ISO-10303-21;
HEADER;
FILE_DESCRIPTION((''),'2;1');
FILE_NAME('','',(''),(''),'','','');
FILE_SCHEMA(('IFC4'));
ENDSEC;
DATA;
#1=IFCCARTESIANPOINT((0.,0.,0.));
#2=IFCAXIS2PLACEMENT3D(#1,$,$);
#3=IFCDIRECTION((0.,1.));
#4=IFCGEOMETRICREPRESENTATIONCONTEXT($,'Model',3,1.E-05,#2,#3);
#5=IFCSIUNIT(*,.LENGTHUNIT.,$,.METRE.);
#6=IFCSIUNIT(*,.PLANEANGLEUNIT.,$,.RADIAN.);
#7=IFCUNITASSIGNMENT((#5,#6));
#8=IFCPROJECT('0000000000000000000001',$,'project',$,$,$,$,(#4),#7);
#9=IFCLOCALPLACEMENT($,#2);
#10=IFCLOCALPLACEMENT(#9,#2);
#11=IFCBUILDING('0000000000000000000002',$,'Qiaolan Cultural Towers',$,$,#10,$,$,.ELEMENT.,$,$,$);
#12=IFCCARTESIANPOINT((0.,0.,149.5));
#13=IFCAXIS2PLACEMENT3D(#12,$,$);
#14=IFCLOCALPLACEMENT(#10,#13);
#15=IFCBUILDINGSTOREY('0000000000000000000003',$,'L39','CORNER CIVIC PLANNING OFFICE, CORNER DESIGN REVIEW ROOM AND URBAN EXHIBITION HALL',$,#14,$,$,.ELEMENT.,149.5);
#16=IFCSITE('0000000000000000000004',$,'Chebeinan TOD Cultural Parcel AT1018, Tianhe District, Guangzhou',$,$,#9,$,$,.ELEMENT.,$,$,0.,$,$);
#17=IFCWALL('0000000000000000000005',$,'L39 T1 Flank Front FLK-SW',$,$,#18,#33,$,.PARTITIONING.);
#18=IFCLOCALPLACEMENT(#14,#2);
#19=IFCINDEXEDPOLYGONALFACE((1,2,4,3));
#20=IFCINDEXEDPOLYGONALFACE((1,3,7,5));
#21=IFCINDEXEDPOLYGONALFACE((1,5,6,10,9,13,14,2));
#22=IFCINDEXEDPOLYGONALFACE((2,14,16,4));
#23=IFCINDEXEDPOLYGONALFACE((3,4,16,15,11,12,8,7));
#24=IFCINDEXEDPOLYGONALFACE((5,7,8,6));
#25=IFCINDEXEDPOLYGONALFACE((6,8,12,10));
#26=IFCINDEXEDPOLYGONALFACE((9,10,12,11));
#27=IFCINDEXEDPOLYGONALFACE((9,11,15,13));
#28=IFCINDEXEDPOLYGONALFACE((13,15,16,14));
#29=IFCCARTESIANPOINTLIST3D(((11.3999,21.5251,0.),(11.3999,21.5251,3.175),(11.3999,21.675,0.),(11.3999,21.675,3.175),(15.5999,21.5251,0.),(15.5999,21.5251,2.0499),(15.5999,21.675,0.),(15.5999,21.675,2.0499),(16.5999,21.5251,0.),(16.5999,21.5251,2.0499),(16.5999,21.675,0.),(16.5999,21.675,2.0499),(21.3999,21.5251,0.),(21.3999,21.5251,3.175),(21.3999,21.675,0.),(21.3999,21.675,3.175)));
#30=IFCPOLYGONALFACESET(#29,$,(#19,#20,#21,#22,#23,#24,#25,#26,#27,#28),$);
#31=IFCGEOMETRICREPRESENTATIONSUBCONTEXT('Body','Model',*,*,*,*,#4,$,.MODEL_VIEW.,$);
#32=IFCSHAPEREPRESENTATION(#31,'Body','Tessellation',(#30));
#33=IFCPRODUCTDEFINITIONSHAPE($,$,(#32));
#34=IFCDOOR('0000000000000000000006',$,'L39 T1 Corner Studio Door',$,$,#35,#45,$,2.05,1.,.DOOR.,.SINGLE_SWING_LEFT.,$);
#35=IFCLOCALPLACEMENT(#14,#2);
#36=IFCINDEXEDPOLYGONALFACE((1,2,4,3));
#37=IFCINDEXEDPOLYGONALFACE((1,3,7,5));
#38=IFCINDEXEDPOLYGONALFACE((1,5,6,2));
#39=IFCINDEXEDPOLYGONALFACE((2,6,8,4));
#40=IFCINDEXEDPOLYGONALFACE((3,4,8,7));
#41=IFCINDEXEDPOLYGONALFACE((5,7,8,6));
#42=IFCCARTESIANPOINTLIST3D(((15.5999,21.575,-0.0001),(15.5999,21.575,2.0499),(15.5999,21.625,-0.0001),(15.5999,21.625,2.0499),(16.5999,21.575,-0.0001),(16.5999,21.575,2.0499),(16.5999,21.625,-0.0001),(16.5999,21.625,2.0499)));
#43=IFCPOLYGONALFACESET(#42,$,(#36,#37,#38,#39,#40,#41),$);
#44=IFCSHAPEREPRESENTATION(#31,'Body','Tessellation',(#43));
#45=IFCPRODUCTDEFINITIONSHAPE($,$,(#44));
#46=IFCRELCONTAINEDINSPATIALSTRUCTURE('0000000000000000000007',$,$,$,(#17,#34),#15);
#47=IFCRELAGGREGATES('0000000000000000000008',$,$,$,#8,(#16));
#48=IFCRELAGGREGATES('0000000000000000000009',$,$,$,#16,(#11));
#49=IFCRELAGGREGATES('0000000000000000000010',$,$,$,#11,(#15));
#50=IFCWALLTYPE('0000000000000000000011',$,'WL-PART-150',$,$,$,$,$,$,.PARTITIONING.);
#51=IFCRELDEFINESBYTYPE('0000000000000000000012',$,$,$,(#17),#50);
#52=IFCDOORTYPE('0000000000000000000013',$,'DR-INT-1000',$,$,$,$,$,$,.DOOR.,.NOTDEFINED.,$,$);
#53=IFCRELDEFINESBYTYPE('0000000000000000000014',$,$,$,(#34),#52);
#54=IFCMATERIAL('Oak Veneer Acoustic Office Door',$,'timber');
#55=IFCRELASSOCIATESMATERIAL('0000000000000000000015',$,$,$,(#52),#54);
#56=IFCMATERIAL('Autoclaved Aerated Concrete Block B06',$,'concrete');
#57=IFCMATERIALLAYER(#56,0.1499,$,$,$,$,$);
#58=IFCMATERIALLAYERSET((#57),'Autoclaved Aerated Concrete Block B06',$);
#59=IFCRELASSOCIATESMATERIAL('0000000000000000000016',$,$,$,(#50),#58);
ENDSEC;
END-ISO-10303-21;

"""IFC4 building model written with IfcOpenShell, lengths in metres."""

from ifc_helpers import new_model, si_unit, direction, frame, frame_2d, origin, place, context, subcontext, project, spatial, rectangle, extrude, material, layer, layer_set, type_object, element, fill, save


model = new_model("IFC4")

# Units and contexts
model_context = context("Model", 3, precision=1e-05, world=origin(), true_north=direction((0.0, 1.0)))
body_context = subcontext(model_context, "Body", "Model", "MODEL_VIEW")
ifc_project = project(units=[si_unit("LENGTHUNIT", "METRE"), si_unit("PLANEANGLEUNIT", "RADIAN")], contexts=[model_context])

# Site, building, storey
site_placement = place(None, origin())
site = spatial("IfcSite", under=ifc_project, at=site_placement, Name="Chebeinan TOD Cultural Parcel AT1018, Tianhe District, Guangzhou", CompositionType="ELEMENT", RefElevation=0.0)
building_placement = place(site_placement, origin())
building = spatial("IfcBuilding", under=site, at=building_placement, Name="Qiaolan Cultural Towers", CompositionType="ELEMENT")
storey_placement = place(building_placement, frame((0.0, 0.0, 149.5)))
storey = spatial("IfcBuildingStorey", under=building, at=storey_placement, Name="L39", Description="CORNER CIVIC PLANNING OFFICE, CORNER DESIGN REVIEW ROOM AND URBAN EXHIBITION HALL", CompositionType="ELEMENT", Elevation=149.5)

# Shared definitions
ifc_material_1 = material(Name="Oak Veneer Acoustic Office Door", Category="timber")
door_type_1 = type_object("IfcDoorType", Name="DR-INT-1000", OperationType="NOTDEFINED", PredefinedType="DOOR", material=ifc_material_1)

# Wall, opening, door
ifc_material_2 = material(Name="Autoclaved Aerated Concrete Block B06", Category="concrete")
ifc_layer_1 = layer(ifc_material_2, 0.1499)
ifc_layer_set_1 = layer_set([ifc_layer_1], Name="Autoclaved Aerated Concrete Block B06")
wall_type_1 = type_object("IfcWallType", Name="WL-PART-150", PredefinedType="PARTITIONING", material=ifc_layer_set_1)
wall_1_placement = place(storey_placement, frame((11.3999, 21.6001, 0.0), z_axis=(0.0, 0.0, 1.0), x_axis=(1.0, 0.0, 0.0)))
wall_1 = element("IfcWall", 1, at=wall_1_placement, inside=storey, type_object=wall_type_1, Name="L39 T1 Flank Front FLK-SW", PredefinedType="PARTITIONING", context=body_context, shape_type="SweptSolid", body=[
    extrude(rectangle(XDim=10.0, YDim=0.1499, at=frame_2d((5.0, 0.0))), origin(), (0.0, 0.0, 1.0), 3.175),
])
opening_1_placement = place(wall_1_placement, frame((4.2, 0.0, 0.0)))
opening_1 = element("IfcOpeningElement", 2, at=opening_1_placement, cuts=wall_1, PredefinedType="OPENING", context=body_context, shape_type="SweptSolid", body=[
    extrude(rectangle(XDim=1.0, YDim=2.05, at=frame_2d((0.5, 1.0249))), frame((0.0, 0.085, 0.0), z_axis=(0.0, -1.0, 0.0), x_axis=(1.0, 0.0, 0.0)), (0.0, 0.0, 1.0), 0.1699),
])
door_1_placement = place(opening_1_placement, origin())
door_1 = element("IfcDoor", 3, at=door_1_placement, inside=storey, type_object=door_type_1, Name="L39 T1 Corner Studio Door", OperationType="SINGLE_SWING_LEFT", OverallHeight=2.05, OverallWidth=1.0, PredefinedType="DOOR", context=body_context, shape_type="SweptSolid", body=[
    extrude(rectangle(XDim=1.0, YDim=2.05, at=frame_2d((0.5, 1.0249))), frame((0.0, 0.0249, 0.0), z_axis=(0.0, -1.0, 0.0), x_axis=(1.0, 0.0, 0.0)), (0.0, 0.0, 1.0), 0.05),
])
fill(opening_1, door_1)

save(model, "model.ifc")
